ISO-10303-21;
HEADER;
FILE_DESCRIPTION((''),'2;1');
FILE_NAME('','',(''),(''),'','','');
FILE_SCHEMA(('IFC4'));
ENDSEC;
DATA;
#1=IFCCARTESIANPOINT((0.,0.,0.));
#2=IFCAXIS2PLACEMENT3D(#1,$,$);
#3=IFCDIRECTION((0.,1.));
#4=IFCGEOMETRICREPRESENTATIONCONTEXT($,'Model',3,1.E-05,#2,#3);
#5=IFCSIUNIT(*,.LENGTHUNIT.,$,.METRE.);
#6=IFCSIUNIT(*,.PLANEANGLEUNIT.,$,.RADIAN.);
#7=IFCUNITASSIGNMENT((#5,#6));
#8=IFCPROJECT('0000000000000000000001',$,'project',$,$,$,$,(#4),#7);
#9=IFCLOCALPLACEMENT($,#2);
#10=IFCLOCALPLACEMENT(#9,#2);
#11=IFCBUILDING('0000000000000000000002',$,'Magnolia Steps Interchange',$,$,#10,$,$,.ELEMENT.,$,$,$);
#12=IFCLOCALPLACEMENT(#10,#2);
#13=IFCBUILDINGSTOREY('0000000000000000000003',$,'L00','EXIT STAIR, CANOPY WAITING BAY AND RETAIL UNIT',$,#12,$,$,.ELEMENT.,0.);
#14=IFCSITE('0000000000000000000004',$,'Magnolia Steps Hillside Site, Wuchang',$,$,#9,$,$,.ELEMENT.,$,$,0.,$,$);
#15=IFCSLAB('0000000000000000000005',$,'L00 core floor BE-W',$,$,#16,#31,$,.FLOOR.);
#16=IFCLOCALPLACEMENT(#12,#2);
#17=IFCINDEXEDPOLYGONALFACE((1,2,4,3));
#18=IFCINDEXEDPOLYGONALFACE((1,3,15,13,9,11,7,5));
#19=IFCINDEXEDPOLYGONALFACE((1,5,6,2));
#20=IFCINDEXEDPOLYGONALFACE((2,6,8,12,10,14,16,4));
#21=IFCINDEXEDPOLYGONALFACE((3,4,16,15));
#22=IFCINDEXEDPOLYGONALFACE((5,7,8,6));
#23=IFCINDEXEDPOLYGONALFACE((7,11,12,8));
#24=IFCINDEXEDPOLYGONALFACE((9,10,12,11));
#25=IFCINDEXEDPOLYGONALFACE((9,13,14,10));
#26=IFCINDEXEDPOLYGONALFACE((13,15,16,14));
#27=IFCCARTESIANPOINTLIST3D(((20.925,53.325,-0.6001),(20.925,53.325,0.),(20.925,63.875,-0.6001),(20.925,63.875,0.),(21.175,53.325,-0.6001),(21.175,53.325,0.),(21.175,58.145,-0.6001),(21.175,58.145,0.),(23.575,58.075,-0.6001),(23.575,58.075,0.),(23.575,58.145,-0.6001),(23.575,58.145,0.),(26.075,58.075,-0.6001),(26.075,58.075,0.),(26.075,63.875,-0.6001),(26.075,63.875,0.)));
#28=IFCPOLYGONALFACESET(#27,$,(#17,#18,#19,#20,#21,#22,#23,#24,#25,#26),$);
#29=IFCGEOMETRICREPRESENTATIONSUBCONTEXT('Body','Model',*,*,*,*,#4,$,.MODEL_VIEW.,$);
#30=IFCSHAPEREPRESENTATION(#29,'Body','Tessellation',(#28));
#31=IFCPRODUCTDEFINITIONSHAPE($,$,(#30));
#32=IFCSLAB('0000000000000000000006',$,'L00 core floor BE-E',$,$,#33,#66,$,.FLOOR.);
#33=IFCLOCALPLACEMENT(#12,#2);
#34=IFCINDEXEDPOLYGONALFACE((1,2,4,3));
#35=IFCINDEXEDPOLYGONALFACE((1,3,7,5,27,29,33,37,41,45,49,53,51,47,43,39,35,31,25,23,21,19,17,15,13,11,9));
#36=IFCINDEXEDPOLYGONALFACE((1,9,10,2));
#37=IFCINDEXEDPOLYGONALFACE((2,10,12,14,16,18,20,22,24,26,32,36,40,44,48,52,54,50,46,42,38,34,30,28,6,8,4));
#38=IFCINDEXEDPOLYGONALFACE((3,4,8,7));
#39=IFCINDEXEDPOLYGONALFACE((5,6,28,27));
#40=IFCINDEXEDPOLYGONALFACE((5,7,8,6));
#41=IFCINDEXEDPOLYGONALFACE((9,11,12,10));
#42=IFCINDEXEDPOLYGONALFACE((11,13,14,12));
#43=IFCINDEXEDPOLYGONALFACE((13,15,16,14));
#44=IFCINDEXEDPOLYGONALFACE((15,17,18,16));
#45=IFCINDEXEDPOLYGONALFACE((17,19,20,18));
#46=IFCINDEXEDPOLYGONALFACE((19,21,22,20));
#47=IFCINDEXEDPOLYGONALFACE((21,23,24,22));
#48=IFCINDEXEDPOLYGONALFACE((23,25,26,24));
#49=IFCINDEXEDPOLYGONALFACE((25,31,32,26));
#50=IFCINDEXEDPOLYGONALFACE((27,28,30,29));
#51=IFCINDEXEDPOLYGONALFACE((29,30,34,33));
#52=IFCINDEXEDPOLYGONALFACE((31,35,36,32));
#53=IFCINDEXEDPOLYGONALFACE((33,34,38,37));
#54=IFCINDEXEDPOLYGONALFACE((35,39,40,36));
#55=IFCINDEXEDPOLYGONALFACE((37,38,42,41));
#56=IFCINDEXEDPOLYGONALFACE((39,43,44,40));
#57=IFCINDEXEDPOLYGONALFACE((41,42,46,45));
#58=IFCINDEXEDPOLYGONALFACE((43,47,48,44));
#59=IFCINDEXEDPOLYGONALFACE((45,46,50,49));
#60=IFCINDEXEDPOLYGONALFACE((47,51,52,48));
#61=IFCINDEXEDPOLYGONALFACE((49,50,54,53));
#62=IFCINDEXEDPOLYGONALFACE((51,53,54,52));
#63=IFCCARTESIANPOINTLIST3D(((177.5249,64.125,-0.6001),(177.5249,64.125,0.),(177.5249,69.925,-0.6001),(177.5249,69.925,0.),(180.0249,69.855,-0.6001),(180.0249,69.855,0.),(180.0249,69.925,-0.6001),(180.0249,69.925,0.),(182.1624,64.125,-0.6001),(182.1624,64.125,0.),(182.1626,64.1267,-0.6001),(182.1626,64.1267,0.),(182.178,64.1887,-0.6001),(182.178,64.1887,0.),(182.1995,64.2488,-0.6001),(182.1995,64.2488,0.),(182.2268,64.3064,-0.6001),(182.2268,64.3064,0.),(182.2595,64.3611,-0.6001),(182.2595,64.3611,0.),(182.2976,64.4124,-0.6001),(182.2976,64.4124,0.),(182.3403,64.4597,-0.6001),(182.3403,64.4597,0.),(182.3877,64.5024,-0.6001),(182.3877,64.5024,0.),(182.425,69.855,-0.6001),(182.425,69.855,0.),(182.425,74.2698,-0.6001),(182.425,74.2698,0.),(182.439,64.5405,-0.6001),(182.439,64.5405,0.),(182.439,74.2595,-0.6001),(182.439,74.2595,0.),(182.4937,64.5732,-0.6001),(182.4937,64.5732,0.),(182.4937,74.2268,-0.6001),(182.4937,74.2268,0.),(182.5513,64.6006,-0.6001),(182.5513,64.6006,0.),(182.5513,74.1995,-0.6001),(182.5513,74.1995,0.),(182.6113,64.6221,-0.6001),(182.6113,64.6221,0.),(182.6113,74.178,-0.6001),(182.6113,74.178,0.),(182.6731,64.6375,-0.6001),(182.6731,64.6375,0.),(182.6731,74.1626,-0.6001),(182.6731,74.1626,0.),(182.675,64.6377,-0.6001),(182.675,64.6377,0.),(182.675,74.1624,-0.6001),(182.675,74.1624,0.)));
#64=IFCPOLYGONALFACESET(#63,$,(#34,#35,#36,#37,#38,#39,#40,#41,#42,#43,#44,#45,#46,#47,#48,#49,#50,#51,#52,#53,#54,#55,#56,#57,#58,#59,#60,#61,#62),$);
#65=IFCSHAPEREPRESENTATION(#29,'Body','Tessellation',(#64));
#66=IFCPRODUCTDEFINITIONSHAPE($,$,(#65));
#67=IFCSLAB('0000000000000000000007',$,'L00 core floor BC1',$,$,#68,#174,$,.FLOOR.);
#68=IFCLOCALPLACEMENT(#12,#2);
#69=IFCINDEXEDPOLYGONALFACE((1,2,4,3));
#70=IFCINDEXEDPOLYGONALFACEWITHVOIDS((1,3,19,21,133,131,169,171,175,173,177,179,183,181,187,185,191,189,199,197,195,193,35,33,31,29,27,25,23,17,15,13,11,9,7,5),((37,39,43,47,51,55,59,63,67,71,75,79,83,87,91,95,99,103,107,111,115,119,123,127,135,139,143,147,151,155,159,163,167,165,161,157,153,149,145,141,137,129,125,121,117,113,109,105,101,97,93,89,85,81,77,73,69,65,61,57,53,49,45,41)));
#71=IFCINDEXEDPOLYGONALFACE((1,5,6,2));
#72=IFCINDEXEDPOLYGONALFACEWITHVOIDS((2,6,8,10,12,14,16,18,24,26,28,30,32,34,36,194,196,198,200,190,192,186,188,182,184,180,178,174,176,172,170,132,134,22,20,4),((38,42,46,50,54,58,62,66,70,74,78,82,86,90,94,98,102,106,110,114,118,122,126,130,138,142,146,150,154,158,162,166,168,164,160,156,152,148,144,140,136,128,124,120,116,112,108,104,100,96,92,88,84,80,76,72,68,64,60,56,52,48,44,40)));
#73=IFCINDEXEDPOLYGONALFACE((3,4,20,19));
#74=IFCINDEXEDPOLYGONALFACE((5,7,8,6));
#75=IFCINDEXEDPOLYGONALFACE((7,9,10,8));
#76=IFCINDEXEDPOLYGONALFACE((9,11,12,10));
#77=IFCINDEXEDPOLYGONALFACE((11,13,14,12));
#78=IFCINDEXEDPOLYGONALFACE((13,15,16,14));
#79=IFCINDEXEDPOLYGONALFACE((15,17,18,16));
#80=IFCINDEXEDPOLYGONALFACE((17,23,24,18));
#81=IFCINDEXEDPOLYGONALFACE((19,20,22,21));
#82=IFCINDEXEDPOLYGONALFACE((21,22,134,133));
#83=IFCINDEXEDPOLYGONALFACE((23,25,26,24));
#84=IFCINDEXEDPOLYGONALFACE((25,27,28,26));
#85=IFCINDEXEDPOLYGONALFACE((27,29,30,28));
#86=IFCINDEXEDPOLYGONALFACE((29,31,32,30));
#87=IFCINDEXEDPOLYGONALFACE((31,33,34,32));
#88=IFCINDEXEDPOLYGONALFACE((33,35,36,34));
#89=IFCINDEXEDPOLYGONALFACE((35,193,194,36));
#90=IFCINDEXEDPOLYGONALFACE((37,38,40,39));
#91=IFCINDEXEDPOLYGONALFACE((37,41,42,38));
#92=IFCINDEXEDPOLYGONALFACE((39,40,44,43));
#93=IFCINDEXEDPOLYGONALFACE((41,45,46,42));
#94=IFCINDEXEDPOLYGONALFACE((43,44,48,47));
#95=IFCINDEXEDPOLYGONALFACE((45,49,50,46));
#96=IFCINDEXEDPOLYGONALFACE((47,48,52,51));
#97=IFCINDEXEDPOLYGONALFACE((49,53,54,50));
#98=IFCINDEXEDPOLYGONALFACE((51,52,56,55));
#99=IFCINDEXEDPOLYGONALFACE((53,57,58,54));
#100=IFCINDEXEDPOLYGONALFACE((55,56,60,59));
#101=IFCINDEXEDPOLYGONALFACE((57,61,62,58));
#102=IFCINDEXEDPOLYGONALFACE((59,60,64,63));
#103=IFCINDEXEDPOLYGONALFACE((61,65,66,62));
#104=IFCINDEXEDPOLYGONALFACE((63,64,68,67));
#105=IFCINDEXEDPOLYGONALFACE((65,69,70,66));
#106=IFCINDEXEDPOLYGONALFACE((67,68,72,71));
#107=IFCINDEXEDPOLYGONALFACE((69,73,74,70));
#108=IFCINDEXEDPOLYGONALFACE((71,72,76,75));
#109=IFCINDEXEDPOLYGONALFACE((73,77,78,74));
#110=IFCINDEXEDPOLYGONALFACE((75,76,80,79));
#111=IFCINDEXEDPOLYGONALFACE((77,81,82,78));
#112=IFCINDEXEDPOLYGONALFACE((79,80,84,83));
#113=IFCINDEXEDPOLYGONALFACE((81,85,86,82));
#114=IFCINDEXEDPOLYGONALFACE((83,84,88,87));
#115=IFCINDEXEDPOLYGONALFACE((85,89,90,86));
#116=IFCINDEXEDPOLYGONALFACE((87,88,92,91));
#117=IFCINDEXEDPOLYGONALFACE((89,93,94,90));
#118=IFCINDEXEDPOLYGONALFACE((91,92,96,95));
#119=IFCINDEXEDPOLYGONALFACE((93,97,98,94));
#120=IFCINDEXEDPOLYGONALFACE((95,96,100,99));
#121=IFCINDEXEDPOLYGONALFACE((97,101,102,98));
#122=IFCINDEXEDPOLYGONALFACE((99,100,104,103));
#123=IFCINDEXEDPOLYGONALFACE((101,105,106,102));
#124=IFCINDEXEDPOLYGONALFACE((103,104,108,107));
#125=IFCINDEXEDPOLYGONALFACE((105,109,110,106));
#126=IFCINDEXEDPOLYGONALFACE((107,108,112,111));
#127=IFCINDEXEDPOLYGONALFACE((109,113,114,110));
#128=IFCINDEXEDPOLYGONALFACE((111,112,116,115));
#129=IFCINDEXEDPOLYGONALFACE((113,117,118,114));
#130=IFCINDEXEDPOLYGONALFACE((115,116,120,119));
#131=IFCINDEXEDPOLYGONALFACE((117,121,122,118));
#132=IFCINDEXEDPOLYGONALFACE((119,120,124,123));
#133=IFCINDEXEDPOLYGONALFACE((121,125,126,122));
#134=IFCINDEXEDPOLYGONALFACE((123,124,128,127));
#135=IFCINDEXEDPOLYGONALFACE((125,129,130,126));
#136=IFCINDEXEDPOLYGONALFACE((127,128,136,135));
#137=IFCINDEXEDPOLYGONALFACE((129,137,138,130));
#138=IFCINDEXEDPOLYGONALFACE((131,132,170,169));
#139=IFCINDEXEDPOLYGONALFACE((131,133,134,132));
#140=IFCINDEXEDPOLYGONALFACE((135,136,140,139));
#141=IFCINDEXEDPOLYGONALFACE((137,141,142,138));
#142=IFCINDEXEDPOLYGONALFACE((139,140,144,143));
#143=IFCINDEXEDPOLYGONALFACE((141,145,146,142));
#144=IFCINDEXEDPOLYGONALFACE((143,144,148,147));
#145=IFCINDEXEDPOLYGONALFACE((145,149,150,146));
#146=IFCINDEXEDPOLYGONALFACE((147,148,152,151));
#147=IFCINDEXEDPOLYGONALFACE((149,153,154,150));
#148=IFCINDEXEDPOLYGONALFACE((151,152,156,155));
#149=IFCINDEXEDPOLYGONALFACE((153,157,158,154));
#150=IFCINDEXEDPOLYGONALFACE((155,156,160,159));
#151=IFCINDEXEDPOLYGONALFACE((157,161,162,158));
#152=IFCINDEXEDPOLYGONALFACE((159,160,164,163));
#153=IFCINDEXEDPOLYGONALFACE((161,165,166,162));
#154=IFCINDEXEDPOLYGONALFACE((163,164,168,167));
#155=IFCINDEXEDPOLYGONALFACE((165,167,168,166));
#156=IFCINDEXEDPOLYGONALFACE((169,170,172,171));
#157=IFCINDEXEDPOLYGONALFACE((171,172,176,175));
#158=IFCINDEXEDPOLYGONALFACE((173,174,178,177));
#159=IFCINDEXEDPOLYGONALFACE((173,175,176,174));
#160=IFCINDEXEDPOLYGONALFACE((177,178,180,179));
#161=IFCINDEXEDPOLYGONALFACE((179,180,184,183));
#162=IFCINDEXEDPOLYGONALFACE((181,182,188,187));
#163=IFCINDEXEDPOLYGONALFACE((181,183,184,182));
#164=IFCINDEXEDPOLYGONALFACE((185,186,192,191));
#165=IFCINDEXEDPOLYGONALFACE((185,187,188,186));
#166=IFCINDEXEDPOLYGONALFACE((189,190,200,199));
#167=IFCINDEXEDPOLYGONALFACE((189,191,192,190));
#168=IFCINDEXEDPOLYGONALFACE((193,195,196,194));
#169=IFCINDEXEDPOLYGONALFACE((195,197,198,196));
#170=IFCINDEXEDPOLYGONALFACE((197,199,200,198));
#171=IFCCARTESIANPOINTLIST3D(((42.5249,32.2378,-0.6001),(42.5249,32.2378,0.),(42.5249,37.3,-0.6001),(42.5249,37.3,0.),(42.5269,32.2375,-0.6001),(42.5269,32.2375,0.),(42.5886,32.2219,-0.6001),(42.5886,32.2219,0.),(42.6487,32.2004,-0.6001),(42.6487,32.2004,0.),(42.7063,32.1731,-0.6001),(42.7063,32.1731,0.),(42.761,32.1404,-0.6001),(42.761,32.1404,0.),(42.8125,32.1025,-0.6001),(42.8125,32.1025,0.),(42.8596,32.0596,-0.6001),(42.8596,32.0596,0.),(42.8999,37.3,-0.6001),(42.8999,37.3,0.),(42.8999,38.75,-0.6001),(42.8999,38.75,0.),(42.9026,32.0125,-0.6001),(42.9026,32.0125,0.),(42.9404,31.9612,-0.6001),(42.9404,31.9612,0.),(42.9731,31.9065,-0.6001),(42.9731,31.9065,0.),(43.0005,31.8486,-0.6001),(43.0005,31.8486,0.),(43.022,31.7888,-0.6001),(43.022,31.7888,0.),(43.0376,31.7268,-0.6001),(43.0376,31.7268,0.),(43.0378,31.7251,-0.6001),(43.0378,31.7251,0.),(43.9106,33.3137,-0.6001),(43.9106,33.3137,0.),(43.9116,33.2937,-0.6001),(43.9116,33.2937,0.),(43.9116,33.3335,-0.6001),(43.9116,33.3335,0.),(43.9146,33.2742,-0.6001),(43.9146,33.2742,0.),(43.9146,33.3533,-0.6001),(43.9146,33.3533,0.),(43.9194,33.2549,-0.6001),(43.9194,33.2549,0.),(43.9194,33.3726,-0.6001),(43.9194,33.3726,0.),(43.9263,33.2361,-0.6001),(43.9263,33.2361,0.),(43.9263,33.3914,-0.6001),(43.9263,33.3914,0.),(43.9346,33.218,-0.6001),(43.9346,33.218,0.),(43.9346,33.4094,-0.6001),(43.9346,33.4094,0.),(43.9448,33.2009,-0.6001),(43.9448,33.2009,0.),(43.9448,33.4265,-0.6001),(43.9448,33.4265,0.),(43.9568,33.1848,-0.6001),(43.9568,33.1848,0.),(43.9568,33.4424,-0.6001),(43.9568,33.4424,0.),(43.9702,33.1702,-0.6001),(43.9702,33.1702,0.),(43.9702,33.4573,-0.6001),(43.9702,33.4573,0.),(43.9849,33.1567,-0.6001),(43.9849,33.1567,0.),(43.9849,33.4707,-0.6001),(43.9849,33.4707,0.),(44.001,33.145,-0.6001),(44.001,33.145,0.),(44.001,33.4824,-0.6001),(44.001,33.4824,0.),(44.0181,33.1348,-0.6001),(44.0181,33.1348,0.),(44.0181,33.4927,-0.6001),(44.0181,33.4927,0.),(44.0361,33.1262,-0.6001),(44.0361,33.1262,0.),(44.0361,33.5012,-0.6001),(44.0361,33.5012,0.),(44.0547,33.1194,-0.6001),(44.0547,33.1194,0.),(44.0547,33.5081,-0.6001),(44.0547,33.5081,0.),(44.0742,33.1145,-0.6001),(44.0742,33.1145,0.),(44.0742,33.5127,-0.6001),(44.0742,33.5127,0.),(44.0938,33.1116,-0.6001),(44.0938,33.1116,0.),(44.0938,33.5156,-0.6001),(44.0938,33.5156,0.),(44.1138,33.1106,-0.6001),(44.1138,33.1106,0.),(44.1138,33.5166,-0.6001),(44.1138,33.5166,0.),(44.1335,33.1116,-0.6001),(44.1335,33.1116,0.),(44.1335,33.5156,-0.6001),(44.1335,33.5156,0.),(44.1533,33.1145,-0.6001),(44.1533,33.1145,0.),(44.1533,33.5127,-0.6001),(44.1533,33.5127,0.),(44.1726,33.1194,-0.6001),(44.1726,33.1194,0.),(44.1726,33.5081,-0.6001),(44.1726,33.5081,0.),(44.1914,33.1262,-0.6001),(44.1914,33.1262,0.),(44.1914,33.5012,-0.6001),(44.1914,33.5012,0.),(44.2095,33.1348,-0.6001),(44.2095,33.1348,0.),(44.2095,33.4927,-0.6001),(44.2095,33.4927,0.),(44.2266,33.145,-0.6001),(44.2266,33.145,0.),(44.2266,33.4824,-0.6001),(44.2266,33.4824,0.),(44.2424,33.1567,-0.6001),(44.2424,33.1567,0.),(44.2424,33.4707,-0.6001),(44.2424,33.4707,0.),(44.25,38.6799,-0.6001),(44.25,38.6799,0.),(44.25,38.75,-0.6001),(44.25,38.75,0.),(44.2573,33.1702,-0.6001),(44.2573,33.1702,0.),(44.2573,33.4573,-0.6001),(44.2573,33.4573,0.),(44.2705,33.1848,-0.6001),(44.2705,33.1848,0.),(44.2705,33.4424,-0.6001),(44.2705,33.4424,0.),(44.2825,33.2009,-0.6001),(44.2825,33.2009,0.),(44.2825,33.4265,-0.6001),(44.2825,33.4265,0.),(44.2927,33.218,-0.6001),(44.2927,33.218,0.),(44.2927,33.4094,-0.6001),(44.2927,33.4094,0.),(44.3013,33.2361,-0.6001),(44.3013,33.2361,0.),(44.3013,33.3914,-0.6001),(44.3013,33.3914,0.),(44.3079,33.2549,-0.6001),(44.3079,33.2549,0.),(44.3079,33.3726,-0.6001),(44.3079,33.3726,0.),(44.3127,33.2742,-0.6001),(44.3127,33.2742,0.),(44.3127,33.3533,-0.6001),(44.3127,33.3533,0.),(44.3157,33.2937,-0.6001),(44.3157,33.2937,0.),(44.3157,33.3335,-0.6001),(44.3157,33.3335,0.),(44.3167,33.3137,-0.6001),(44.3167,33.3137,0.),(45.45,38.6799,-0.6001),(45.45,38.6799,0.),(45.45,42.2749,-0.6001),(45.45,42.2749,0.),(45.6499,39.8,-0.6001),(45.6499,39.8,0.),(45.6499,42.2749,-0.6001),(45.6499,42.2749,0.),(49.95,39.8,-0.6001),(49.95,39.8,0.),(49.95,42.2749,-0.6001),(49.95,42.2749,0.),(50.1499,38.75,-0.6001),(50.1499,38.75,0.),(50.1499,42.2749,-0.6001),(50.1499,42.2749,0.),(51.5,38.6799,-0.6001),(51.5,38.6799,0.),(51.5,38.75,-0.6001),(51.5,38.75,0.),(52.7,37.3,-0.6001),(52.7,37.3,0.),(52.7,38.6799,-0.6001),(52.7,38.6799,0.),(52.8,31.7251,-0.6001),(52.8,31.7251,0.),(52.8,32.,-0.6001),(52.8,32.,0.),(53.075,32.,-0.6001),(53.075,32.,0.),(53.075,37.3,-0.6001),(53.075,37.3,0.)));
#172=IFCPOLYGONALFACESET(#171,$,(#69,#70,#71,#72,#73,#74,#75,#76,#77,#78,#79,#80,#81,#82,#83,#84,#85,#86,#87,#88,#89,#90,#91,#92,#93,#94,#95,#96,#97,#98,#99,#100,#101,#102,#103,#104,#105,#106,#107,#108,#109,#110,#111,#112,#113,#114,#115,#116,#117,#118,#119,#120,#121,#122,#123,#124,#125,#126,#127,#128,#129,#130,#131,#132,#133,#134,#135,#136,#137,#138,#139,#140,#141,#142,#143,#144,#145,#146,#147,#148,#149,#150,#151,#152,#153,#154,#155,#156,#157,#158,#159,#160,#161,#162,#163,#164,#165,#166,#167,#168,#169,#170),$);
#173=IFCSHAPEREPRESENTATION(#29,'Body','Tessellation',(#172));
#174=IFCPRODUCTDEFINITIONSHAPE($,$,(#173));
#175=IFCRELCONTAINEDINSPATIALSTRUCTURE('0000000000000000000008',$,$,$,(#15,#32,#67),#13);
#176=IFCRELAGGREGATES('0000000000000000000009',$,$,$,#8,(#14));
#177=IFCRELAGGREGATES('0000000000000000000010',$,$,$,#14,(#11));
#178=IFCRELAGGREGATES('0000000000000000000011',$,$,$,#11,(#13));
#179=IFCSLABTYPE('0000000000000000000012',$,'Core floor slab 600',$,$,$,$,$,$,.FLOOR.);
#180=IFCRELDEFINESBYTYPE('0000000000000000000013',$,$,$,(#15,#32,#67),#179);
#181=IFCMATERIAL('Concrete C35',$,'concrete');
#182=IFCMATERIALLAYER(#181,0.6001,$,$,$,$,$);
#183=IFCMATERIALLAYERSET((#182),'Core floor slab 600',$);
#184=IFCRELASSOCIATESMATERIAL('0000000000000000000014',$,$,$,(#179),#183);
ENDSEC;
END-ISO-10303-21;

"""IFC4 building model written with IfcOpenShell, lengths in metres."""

from ifc_helpers import new_model, si_unit, direction, frame, origin, place, context, subcontext, project, spatial, polyline, outline, extrude, material, layer, layer_set, type_object, element, save


model = new_model("IFC4")

# Units and contexts
model_context = context("Model", 3, precision=1e-05, world=origin(), true_north=direction((0.0, 1.0)))
body_context = subcontext(model_context, "Body", "Model", "MODEL_VIEW")
ifc_project = project(units=[si_unit("LENGTHUNIT", "METRE"), si_unit("PLANEANGLEUNIT", "RADIAN")], contexts=[model_context])

# Site, building, storey
site_placement = place(None, origin())
site = spatial("IfcSite", under=ifc_project, at=site_placement, Name="Magnolia Steps Hillside Site, Wuchang", CompositionType="ELEMENT", RefElevation=0.0)
building_placement = place(site_placement, origin())
building = spatial("IfcBuilding", under=site, at=building_placement, Name="Magnolia Steps Interchange", CompositionType="ELEMENT")
storey_placement = place(building_placement, origin())
storey = spatial("IfcBuildingStorey", under=building, at=storey_placement, Name="L00", Description="EXIT STAIR, CANOPY WAITING BAY AND RETAIL UNIT", CompositionType="ELEMENT", Elevation=0.0)

# Slabs
ifc_material_1 = material(Name="Concrete C35", Category="concrete")
ifc_layer_1 = layer(ifc_material_1, 0.6001)
ifc_layer_set_1 = layer_set([ifc_layer_1], Name="Core floor slab 600")
slab_type_1 = type_object("IfcSlabType", Name="Core floor slab 600", PredefinedType="FLOOR", material=ifc_layer_set_1)
slab_1_placement = place(storey_placement, frame((0.0, 0.0, -0.6001)))
element("IfcSlab", 1, at=slab_1_placement, inside=storey, type_object=slab_type_1, Name="L00 core floor BE-W", PredefinedType="FLOOR", context=body_context, shape_type="SweptSolid", body=[
    extrude(outline(polyline([(20.925, 63.875), (26.075, 63.875), (26.075, 58.075), (23.575, 58.075), (23.575, 58.145), (21.175, 58.145), (21.175, 53.325), (20.925, 53.325), (20.925, 63.875)])), origin(), (0.0, 0.0, 1.0), 0.6001),
])
slab_2_placement = place(storey_placement, frame((0.0, 0.0, -0.6001)))
element("IfcSlab", 2, at=slab_2_placement, inside=storey, type_object=slab_type_1, Name="L00 core floor BE-E", PredefinedType="FLOOR", context=body_context, shape_type="SweptSolid", body=[
    extrude(outline(polyline([(177.5249, 69.925), (180.0249, 69.925), (180.0249, 69.855), (182.425, 69.855), (182.425, 74.2698), (182.439, 74.2595), (182.4937, 74.2268), (182.5513, 74.1995), (182.6113, 74.178), (182.6731, 74.1626), (182.675, 74.1624), (182.675, 64.6377), (182.6731, 64.6375), (182.6113, 64.6221), (182.5513, 64.6006), (182.4937, 64.5732), (182.439, 64.5405), (182.3877, 64.5024), (182.3403, 64.4597), (182.2976, 64.4124), (182.2595, 64.3611), (182.2268, 64.3064), (182.1995, 64.2488), (182.178, 64.1887), (182.1626, 64.1267), (182.1624, 64.125), (177.5249, 64.125), (177.5249, 69.925)])), origin(), (0.0, 0.0, 1.0), 0.6001),
])
slab_3_placement = place(storey_placement, frame((0.0, 0.0, -0.6001)))
element("IfcSlab", 3, at=slab_3_placement, inside=storey, type_object=slab_type_1, Name="L00 core floor BC1", PredefinedType="FLOOR", context=body_context, shape_type="SweptSolid", body=[
    extrude(outline(polyline([(42.5249, 37.3), (42.8999, 37.3), (42.8999, 38.75), (44.25, 38.75), (44.25, 38.6799), (45.45, 38.6799), (45.45, 42.2749), (45.6499, 42.2749), (45.6499, 39.8), (49.95, 39.8), (49.95, 42.2749), (50.1499, 42.2749), (50.1499, 38.75), (51.5, 38.75), (51.5, 38.6799), (52.7, 38.6799), (52.7, 37.3), (53.075, 37.3), (53.075, 32.0), (52.8, 32.0), (52.8, 31.7251), (43.0378, 31.7251), (43.0376, 31.7268), (43.022, 31.7888), (43.0005, 31.8486), (42.9731, 31.9065), (42.9404, 31.9612), (42.9026, 32.0125), (42.8596, 32.0596), (42.8125, 32.1025), (42.761, 32.1404), (42.7063, 32.1731), (42.6487, 32.2004), (42.5886, 32.2219), (42.5269, 32.2375), (42.5249, 32.2378), (42.5249, 37.3)]), holes=[polyline([(44.3127, 33.2742), (44.3157, 33.2937), (44.3167, 33.3137), (44.3157, 33.3335), (44.3127, 33.3533), (44.3079, 33.3726), (44.3013, 33.3914), (44.2927, 33.4094), (44.2825, 33.4265), (44.2705, 33.4424), (44.2573, 33.4573), (44.2424, 33.4707), (44.2266, 33.4824), (44.2095, 33.4927), (44.1914, 33.5012), (44.1726, 33.5081), (44.1533, 33.5127), (44.1335, 33.5156), (44.1138, 33.5166), (44.0938, 33.5156), (44.0742, 33.5127), (44.0547, 33.5081), (44.0361, 33.5012), (44.0181, 33.4927), (44.001, 33.4824), (43.9849, 33.4707), (43.9702, 33.4573), (43.9568, 33.4424), (43.9448, 33.4265), (43.9346, 33.4094), (43.9263, 33.3914), (43.9194, 33.3726), (43.9146, 33.3533), (43.9116, 33.3335), (43.9106, 33.3137), (43.9116, 33.2937), (43.9146, 33.2742), (43.9194, 33.2549), (43.9263, 33.2361), (43.9346, 33.218), (43.9448, 33.2009), (43.9568, 33.1848), (43.9702, 33.1702), (43.9849, 33.1567), (44.001, 33.145), (44.0181, 33.1348), (44.0361, 33.1262), (44.0547, 33.1194), (44.0742, 33.1145), (44.0938, 33.1116), (44.1138, 33.1106), (44.1335, 33.1116), (44.1533, 33.1145), (44.1726, 33.1194), (44.1914, 33.1262), (44.2095, 33.1348), (44.2266, 33.145), (44.2424, 33.1567), (44.2573, 33.1702), (44.2705, 33.1848), (44.2825, 33.2009), (44.2927, 33.218), (44.3013, 33.2361), (44.3079, 33.2549), (44.3127, 33.2742)])]), origin(), (0.0, 0.0, 1.0), 0.6001),
])

save(model, "model.ifc")
